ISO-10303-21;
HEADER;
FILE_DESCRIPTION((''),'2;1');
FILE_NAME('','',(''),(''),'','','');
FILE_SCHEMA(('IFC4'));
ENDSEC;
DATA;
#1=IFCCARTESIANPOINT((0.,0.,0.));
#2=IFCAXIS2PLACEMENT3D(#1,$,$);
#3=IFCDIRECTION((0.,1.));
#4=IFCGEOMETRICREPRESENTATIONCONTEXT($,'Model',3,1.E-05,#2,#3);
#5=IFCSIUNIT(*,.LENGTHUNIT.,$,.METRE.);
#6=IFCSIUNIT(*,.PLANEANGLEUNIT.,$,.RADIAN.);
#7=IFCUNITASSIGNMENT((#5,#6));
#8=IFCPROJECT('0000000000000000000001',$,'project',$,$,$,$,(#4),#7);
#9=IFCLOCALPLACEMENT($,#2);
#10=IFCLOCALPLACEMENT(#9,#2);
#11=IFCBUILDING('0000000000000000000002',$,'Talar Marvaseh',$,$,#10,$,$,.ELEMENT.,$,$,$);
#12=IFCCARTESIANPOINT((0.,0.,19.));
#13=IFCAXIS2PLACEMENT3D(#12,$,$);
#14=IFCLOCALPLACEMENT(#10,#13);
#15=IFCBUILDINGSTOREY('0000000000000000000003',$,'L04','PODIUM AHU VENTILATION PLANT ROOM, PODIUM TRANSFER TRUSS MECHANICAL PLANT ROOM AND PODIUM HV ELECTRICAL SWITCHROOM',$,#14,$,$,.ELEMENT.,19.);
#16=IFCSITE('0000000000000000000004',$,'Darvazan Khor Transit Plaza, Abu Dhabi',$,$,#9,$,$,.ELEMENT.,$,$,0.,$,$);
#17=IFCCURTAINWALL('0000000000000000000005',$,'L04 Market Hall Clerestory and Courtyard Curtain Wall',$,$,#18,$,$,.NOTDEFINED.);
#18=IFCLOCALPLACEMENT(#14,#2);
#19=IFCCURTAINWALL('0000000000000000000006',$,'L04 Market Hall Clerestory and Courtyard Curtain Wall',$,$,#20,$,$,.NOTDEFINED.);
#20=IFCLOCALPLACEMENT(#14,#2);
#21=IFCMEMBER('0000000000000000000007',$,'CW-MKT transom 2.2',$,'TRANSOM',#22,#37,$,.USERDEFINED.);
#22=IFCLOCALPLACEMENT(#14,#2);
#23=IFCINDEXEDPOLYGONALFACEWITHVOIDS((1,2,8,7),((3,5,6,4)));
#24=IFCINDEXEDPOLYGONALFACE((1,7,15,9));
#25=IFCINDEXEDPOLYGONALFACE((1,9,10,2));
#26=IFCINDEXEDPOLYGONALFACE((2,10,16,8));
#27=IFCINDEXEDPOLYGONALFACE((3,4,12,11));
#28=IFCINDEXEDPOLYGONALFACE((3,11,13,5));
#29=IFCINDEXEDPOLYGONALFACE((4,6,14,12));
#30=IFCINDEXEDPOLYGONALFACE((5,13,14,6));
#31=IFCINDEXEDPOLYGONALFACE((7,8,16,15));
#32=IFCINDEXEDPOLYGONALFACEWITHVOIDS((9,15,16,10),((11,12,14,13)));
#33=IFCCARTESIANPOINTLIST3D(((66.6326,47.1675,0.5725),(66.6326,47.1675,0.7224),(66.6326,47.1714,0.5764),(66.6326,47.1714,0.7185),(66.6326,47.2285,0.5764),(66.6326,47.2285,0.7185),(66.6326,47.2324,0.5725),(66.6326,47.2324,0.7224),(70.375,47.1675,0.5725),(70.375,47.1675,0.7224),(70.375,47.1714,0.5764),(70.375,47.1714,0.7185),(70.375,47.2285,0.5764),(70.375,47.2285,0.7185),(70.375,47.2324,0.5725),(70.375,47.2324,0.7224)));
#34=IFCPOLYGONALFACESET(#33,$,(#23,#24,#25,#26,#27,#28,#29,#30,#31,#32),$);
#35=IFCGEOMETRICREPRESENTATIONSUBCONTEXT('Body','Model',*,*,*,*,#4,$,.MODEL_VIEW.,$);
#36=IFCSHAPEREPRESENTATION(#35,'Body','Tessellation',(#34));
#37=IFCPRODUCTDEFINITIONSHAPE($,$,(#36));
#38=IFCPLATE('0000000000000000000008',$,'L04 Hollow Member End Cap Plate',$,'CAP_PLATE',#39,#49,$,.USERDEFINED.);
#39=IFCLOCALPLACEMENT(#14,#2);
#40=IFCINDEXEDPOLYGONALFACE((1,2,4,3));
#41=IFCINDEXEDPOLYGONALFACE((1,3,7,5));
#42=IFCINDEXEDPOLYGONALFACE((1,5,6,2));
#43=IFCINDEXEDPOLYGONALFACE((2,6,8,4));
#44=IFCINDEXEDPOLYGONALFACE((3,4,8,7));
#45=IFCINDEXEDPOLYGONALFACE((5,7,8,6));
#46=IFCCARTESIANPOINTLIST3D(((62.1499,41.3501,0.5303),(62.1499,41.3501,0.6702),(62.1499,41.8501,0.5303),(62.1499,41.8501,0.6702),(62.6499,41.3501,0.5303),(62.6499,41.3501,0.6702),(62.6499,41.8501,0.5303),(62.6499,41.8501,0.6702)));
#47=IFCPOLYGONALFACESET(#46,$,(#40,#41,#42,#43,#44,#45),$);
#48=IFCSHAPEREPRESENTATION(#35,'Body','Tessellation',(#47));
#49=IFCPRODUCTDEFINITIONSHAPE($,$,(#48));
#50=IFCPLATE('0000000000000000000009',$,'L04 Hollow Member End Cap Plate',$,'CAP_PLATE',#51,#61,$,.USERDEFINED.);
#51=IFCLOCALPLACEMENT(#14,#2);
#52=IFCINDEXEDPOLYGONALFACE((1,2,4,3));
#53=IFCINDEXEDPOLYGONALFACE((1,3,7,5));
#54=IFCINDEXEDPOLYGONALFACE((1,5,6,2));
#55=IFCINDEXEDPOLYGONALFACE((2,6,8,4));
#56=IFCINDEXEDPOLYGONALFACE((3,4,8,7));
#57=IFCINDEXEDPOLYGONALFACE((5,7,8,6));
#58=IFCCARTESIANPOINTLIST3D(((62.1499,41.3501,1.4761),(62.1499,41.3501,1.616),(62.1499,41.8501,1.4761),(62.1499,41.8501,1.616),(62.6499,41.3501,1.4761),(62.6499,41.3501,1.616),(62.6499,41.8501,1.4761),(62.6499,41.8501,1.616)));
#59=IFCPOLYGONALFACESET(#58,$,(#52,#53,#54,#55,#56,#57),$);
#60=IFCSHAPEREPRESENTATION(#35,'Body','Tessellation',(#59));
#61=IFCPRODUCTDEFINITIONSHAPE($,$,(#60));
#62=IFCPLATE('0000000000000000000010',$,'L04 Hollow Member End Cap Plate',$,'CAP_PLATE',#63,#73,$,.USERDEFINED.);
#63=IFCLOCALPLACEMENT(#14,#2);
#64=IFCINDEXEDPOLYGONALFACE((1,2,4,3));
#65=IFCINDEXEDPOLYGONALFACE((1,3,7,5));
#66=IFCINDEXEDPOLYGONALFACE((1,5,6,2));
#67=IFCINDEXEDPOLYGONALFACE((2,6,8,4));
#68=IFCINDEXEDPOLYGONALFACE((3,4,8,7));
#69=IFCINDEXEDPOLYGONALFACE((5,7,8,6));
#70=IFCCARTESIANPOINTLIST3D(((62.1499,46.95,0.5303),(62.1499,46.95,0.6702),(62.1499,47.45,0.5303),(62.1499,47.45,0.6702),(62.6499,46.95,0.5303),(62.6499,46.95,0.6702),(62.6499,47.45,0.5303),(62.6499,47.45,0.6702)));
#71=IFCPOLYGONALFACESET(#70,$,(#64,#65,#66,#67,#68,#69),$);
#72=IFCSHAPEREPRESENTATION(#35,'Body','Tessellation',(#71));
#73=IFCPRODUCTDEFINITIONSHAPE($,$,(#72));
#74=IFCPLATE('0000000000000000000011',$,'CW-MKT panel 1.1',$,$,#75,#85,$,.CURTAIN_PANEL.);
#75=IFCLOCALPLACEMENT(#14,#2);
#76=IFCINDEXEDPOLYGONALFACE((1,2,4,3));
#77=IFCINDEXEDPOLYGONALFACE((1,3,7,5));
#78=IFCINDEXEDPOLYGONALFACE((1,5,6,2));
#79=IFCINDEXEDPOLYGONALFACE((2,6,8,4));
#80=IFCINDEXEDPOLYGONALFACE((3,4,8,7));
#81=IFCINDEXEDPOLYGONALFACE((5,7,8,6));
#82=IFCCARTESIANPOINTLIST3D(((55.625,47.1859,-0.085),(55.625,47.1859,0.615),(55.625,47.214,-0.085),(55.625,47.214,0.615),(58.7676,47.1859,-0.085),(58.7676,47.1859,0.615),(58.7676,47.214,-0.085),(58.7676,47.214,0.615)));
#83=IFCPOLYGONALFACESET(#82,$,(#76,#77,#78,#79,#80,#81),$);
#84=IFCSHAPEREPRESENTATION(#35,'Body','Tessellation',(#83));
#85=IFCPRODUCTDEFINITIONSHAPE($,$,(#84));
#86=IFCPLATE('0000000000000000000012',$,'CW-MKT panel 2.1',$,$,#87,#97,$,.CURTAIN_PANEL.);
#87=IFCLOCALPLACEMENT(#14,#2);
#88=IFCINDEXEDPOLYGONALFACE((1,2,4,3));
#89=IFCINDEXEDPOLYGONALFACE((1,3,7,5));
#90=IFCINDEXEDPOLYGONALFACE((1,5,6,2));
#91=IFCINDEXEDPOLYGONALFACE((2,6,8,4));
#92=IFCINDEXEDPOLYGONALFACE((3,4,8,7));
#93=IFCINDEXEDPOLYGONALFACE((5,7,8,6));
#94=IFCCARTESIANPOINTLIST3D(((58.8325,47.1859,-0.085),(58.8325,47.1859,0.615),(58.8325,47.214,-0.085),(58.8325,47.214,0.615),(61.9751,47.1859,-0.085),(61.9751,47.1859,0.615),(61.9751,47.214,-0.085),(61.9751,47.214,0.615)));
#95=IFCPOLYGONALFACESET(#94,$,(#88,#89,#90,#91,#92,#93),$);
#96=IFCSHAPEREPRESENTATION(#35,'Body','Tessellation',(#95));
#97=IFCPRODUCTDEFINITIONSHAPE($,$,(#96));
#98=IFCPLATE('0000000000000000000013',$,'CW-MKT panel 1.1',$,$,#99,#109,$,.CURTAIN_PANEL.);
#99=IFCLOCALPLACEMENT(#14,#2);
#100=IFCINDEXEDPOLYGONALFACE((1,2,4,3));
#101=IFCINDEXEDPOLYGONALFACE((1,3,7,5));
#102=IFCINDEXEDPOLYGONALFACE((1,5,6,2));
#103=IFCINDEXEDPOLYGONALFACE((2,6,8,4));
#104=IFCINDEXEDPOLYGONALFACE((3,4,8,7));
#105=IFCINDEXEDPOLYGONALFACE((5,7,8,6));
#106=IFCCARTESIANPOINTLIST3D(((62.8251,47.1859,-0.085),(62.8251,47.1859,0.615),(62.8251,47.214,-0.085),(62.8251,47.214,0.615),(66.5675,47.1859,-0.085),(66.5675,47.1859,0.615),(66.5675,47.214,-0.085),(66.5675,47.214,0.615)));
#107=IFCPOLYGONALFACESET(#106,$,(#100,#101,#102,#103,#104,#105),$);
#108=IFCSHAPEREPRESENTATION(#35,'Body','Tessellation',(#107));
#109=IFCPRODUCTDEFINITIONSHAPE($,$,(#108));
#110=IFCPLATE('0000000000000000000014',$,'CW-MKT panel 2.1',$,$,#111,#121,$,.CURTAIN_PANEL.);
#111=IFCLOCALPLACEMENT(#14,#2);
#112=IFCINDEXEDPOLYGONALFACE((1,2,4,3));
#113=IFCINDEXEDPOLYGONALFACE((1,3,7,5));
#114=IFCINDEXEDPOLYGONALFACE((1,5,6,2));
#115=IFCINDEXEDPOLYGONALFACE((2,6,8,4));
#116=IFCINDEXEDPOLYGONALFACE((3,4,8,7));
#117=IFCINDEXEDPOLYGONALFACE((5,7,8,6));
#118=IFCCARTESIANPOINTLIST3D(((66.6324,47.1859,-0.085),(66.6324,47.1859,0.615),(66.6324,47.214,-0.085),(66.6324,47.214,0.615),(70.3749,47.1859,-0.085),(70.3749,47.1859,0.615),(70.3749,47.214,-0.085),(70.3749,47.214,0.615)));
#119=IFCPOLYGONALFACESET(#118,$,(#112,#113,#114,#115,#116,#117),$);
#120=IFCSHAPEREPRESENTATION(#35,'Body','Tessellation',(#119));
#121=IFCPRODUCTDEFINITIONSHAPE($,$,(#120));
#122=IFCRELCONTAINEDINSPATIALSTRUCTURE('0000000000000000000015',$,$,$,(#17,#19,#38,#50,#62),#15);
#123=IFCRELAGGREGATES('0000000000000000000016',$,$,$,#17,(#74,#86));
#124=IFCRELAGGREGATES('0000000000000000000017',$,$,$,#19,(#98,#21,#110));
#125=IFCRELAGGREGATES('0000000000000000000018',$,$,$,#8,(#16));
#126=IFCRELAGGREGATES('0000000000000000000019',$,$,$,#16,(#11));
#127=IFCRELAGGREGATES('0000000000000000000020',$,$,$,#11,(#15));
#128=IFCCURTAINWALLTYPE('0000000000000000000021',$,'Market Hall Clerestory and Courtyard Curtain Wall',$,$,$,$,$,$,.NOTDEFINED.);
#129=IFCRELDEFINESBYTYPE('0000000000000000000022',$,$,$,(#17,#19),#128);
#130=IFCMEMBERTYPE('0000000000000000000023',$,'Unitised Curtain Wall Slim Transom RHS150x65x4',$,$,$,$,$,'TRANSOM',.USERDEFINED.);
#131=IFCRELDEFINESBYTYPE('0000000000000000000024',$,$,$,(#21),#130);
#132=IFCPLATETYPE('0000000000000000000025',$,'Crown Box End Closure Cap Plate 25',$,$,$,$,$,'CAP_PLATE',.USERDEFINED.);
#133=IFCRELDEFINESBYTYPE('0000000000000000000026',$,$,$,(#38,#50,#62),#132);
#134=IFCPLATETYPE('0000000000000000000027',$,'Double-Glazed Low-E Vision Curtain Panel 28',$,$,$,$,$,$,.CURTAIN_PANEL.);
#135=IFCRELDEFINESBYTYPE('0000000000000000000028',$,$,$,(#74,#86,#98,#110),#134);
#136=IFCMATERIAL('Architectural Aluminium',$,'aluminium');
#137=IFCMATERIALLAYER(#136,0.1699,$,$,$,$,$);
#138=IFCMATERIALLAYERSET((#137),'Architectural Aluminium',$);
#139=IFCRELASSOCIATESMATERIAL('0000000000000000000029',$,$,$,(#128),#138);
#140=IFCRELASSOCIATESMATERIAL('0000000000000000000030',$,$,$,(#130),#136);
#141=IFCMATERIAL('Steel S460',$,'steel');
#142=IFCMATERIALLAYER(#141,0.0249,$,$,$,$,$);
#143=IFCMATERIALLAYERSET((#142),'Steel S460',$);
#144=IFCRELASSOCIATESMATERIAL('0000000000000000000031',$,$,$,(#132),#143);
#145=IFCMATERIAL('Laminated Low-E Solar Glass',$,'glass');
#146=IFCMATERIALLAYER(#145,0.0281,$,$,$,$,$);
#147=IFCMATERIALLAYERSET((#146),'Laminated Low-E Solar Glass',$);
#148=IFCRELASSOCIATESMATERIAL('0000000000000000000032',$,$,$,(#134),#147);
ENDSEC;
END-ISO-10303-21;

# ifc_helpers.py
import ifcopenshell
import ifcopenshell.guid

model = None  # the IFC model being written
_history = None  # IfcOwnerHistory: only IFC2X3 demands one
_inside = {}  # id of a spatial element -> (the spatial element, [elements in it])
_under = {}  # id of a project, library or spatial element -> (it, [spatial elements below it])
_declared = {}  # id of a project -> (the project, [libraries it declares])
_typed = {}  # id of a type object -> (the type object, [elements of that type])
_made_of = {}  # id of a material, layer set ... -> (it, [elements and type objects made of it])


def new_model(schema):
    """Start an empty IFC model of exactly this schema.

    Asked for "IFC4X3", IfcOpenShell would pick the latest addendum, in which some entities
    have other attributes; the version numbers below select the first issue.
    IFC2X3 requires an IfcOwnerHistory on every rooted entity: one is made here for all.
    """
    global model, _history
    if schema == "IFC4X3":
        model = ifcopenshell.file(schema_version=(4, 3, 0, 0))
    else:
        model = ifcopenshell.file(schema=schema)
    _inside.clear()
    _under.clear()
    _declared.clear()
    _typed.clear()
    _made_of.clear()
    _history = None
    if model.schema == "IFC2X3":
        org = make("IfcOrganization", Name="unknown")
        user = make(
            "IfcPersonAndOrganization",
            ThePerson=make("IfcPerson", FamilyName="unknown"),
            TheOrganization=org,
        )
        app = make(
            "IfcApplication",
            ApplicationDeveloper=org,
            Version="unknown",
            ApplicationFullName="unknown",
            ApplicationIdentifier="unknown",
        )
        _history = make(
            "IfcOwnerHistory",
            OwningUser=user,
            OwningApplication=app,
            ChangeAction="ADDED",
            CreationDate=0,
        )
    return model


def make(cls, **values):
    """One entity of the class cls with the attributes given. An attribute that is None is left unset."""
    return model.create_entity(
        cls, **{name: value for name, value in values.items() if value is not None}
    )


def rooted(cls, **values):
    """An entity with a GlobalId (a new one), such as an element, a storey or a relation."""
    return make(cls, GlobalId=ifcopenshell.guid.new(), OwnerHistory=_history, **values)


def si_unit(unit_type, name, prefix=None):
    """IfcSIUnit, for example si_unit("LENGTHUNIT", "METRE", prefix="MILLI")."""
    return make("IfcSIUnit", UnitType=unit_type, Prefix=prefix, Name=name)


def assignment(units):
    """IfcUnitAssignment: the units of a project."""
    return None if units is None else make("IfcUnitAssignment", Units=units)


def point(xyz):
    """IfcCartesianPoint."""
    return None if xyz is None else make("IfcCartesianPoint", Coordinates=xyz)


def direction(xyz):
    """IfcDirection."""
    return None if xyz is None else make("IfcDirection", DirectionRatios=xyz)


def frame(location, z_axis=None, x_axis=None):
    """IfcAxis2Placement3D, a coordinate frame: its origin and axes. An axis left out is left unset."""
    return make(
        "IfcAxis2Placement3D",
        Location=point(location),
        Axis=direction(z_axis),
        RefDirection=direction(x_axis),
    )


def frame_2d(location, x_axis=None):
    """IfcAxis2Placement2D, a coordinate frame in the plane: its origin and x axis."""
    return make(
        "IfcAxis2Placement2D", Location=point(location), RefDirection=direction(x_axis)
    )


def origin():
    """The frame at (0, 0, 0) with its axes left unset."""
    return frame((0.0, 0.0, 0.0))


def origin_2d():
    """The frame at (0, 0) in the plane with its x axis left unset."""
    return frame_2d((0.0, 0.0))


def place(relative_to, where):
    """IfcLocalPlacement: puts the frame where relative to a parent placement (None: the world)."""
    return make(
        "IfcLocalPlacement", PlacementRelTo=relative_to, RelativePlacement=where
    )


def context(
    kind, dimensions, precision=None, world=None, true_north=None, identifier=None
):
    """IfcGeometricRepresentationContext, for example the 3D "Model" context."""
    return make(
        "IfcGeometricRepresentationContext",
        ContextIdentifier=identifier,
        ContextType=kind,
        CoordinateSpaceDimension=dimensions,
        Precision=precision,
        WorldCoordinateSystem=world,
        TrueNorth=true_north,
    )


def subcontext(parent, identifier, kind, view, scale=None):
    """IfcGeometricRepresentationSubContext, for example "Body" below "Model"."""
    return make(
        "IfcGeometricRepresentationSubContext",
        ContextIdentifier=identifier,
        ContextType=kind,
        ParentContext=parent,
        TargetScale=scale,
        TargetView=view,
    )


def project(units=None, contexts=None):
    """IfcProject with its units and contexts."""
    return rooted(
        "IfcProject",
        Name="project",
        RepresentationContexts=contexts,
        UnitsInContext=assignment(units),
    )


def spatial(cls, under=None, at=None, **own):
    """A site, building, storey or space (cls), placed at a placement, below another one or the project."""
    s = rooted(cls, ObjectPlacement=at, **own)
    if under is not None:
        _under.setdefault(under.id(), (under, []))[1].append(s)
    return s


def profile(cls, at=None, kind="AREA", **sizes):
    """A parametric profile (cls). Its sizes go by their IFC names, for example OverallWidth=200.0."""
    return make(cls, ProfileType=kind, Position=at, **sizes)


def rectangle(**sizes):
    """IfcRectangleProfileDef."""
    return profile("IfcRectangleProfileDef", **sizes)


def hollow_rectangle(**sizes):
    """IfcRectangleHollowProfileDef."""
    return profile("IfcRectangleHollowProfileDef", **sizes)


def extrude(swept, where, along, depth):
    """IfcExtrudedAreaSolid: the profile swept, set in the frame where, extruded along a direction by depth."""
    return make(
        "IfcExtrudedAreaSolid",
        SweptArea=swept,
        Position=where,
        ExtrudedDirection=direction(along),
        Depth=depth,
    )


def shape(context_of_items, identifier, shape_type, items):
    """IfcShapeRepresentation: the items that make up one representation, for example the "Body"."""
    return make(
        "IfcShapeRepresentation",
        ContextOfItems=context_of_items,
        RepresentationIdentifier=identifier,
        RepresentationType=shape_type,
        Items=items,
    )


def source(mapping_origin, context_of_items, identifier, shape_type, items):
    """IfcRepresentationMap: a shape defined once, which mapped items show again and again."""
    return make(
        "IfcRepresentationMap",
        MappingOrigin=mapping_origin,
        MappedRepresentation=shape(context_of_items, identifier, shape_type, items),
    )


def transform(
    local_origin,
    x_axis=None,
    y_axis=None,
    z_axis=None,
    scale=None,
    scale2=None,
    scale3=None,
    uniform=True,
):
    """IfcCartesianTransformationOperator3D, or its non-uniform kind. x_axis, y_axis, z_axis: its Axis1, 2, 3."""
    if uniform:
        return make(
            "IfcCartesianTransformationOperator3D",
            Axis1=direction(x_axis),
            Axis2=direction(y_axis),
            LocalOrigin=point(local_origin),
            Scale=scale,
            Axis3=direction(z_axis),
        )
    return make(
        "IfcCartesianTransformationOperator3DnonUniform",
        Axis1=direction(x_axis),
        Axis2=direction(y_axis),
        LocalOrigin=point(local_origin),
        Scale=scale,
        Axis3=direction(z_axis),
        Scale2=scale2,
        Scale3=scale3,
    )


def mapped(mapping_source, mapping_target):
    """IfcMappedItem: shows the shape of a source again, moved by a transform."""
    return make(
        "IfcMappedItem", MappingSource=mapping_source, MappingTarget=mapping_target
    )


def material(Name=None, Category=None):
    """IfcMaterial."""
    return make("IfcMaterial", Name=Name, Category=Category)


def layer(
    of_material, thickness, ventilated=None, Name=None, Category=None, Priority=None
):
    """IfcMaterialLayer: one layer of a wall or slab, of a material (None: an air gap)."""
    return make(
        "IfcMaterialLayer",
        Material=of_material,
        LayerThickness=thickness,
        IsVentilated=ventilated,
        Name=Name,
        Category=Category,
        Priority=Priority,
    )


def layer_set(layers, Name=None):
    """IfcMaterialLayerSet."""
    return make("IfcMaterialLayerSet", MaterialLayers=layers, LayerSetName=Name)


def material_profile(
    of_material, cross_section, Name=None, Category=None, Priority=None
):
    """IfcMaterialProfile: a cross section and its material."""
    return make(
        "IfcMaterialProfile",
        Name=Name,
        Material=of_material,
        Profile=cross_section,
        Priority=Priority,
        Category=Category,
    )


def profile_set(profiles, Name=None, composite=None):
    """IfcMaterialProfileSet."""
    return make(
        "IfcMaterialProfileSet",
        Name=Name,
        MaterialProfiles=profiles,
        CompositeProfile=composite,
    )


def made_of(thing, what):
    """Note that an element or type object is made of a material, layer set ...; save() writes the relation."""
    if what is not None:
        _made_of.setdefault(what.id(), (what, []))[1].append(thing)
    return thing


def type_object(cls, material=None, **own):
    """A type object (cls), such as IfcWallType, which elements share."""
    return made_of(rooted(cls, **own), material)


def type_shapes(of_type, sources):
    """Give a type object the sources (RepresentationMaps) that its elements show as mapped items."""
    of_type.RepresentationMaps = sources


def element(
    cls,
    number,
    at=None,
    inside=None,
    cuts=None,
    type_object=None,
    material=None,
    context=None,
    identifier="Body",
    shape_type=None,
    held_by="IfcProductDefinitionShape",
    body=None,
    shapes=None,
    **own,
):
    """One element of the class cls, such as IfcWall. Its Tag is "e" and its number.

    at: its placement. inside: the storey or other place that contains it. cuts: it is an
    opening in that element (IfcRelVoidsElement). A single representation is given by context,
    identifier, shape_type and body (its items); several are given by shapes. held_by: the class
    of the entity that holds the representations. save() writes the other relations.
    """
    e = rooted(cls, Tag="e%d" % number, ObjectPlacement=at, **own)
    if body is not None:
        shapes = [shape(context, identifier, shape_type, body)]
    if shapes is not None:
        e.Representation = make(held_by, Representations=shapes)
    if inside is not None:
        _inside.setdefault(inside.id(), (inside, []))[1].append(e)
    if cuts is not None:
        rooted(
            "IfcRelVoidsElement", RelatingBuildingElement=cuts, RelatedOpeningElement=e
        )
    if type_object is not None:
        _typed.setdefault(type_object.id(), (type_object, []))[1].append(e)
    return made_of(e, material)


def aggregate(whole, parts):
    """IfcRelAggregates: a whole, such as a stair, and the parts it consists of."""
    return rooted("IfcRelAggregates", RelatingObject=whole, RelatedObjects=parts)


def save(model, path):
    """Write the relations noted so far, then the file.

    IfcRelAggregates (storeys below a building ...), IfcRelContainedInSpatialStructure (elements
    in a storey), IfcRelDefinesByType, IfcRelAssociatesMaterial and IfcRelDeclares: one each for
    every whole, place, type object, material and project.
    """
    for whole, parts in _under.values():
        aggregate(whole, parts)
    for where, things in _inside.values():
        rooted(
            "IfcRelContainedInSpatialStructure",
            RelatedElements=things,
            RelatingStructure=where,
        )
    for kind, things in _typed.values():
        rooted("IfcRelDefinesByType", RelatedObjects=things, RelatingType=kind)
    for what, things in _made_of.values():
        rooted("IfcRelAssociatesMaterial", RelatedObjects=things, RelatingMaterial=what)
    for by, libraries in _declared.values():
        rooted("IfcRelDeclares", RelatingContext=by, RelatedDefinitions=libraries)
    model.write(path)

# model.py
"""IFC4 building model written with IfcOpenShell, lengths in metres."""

from ifc_helpers import new_model, si_unit, direction, frame, origin, origin_2d, place, context, subcontext, project, spatial, rectangle, hollow_rectangle, extrude, source, transform, mapped, material, layer, layer_set, material_profile, profile_set, type_object, type_shapes, element, aggregate, save


model = new_model("IFC4")

# Units and contexts
model_context = context("Model", 3, precision=1e-05, world=origin(), true_north=direction((0.0, 1.0)))
body_context = subcontext(model_context, "Body", "Model", "MODEL_VIEW")
ifc_project = project(units=[si_unit("LENGTHUNIT", "METRE"), si_unit("PLANEANGLEUNIT", "RADIAN")], contexts=[model_context])

# Site, building, storey
site_placement = place(None, origin())
site = spatial("IfcSite", under=ifc_project, at=site_placement, Name="Darvazan Khor Transit Plaza, Abu Dhabi", CompositionType="ELEMENT", RefElevation=0.0)
building_placement = place(site_placement, origin())
building = spatial("IfcBuilding", under=site, at=building_placement, Name="Talar Marvaseh", CompositionType="ELEMENT")
storey_placement = place(building_placement, frame((0.0, 0.0, 19.0)))
storey = spatial("IfcBuildingStorey", under=building, at=storey_placement, Name="L04", Description="PODIUM AHU VENTILATION PLANT ROOM, PODIUM TRANSFER TRUSS MECHANICAL PLANT ROOM AND PODIUM HV ELECTRICAL SWITCHROOM", CompositionType="ELEMENT", Elevation=19.0)

# Curtain walls
ifc_material_1 = material(Name="Architectural Aluminium", Category="aluminium")
ifc_layer_1 = layer(ifc_material_1, 0.1699)
ifc_layer_set_1 = layer_set([ifc_layer_1], Name="Architectural Aluminium")
curtain_wall_type = type_object("IfcCurtainWallType", Name="Market Hall Clerestory and Courtyard Curtain Wall", PredefinedType="NOTDEFINED", material=ifc_layer_set_1)
curtain_wall_1_placement = place(storey_placement, origin())
curtain_wall_1 = element("IfcCurtainWall", 1, at=curtain_wall_1_placement, inside=storey, type_object=curtain_wall_type, Name="L04 Market Hall Clerestory and Courtyard Curtain Wall", PredefinedType="NOTDEFINED")
curtain_wall_2_placement = place(storey_placement, origin())
curtain_wall_2 = element("IfcCurtainWall", 2, at=curtain_wall_2_placement, inside=storey, type_object=curtain_wall_type, Name="L04 Market Hall Clerestory and Courtyard Curtain Wall", PredefinedType="NOTDEFINED")

# Member
ifc_material_profile_1 = material_profile(ifc_material_1, hollow_rectangle(XDim=0.0649, YDim=0.1499, WallThickness=0.0039, at=origin_2d()), Name="RHS150x65x4")
ifc_profile_set_1 = profile_set([ifc_material_profile_1], Name="Architectural Aluminium")
member_type_1 = type_object("IfcMemberType", Name="Unitised Curtain Wall Slim Transom RHS150x65x4", ElementType="TRANSOM", PredefinedType="USERDEFINED", material=ifc_profile_set_1)
shared_shape_1 = source(origin(), body_context, "Body", "SweptSolid", [
    extrude(hollow_rectangle(XDim=0.0649, YDim=0.1499, WallThickness=0.0039, at=origin_2d()), origin(), (0.0, 0.0, 1.0), 3.7424),
])
member_1_placement = place(storey_placement, frame((66.6326, 47.2, 0.6475), z_axis=(1.0, 0.0, 0.0), x_axis=(0.0, 1.0, 0.0)))
member_1 = element("IfcMember", 3, at=member_1_placement, type_object=member_type_1, Name="CW-MKT transom 2.2", ObjectType="TRANSOM", PredefinedType="USERDEFINED", context=body_context, shape_type="MappedRepresentation", body=[
    mapped(shared_shape_1, transform((0.0, 0.0, 0.0), x_axis=(1.0, 0.0, 0.0), y_axis=(0.0, 1.0, 0.0), z_axis=(0.0, 0.0, 1.0), scale=1.0)),
])

# Plates
ifc_material_2 = material(Name="Steel S460", Category="steel")
ifc_layer_2 = layer(ifc_material_2, 0.0249)
ifc_layer_set_2 = layer_set([ifc_layer_2], Name="Steel S460")
plate_type_1 = type_object("IfcPlateType", Name="Crown Box End Closure Cap Plate 25", ElementType="CAP_PLATE", PredefinedType="USERDEFINED", material=ifc_layer_set_2)
shared_shape_2 = source(origin(), body_context, "Body", "SweptSolid", [
    extrude(rectangle(XDim=0.5, YDim=0.5, at=origin_2d()), origin(), (0.0, 0.0, 1.0), 0.1399),
])
type_shapes(plate_type_1, [shared_shape_2])
for number, where, z_axis, x_axis, name in (
    (4, (62.3999, 41.6001, 0.5303), (0.0, 0.0, 1.0), (1.0, 0.0, 0.0), "L04 Hollow Member End Cap Plate"),
    (5, (62.3999, 41.6001, 1.4761), (0.0, 0.0, 1.0), (1.0, 0.0, 0.0), "L04 Hollow Member End Cap Plate"),
    (6, (62.3999, 47.2, 0.5303), (0.0, 0.0, 1.0), (0.0, 1.0, 0.0), "L04 Hollow Member End Cap Plate"),
):
    element("IfcPlate", number, at=place(storey_placement, frame(where, z_axis=z_axis, x_axis=x_axis)), inside=storey, type_object=plate_type_1, Name=name, ObjectType="CAP_PLATE", PredefinedType="USERDEFINED", context=body_context, shape_type="MappedRepresentation", body=[
        mapped(shared_shape_2, transform((0.0, 0.0, 0.0), x_axis=(1.0, 0.0, 0.0), y_axis=(0.0, 1.0, 0.0), z_axis=(0.0, 0.0, 1.0), scale=1.0)),
    ])

# Plates
ifc_material_3 = material(Name="Laminated Low-E Solar Glass", Category="glass")
ifc_layer_3 = layer(ifc_material_3, 0.0281)
ifc_layer_set_3 = layer_set([ifc_layer_3], Name="Laminated Low-E Solar Glass")
plate_type_2 = type_object("IfcPlateType", Name="Double-Glazed Low-E Vision Curtain Panel 28", PredefinedType="CURTAIN_PANEL", material=ifc_layer_set_3)
shared_shape_3 = source(origin(), body_context, "Body", "SweptSolid", [
    extrude(rectangle(XDim=3.1426, YDim=0.0281, at=origin_2d()), origin(), (0.0, 0.0, 1.0), 0.7),
])
plate_1_placement = place(storey_placement, frame((57.1963, 47.2, -0.085), z_axis=(0.0, 0.0, 1.0), x_axis=(1.0, 0.0, 0.0)))
plate_1 = element("IfcPlate", 7, at=plate_1_placement, type_object=plate_type_2, Name="CW-MKT panel 1.1", PredefinedType="CURTAIN_PANEL", context=body_context, shape_type="MappedRepresentation", body=[
    mapped(shared_shape_3, transform((0.0, 0.0, 0.0), x_axis=(1.0, 0.0, 0.0), y_axis=(0.0, 1.0, 0.0), z_axis=(0.0, 0.0, 1.0), scale=1.0)),
])
plate_2_placement = place(storey_placement, frame((60.4038, 47.2, -0.085), z_axis=(0.0, 0.0, 1.0), x_axis=(1.0, 0.0, 0.0)))
plate_2 = element("IfcPlate", 8, at=plate_2_placement, type_object=plate_type_2, Name="CW-MKT panel 2.1", PredefinedType="CURTAIN_PANEL", context=body_context, shape_type="MappedRepresentation", body=[
    mapped(shared_shape_3, transform((0.0, 0.0, 0.0), x_axis=(1.0, 0.0, 0.0), y_axis=(0.0, 1.0, 0.0), z_axis=(0.0, 0.0, 1.0), scale=1.0)),
])
aggregate(curtain_wall_1, [plate_1, plate_2])
shared_shape_4 = source(origin(), body_context, "Body", "SweptSolid", [
    extrude(rectangle(XDim=3.7424, YDim=0.0281, at=origin_2d()), origin(), (0.0, 0.0, 1.0), 0.7),
])
type_shapes(plate_type_2, [shared_shape_3, shared_shape_4])
plate_3_placement = place(storey_placement, frame((64.6963, 47.2, -0.085), z_axis=(0.0, 0.0, 1.0), x_axis=(1.0, 0.0, 0.0)))
plate_3 = element("IfcPlate", 9, at=plate_3_placement, type_object=plate_type_2, Name="CW-MKT panel 1.1", PredefinedType="CURTAIN_PANEL", context=body_context, shape_type="MappedRepresentation", body=[
    mapped(shared_shape_4, transform((0.0, 0.0, 0.0), x_axis=(1.0, 0.0, 0.0), y_axis=(0.0, 1.0, 0.0), z_axis=(0.0, 0.0, 1.0), scale=1.0)),
])
plate_4_placement = place(storey_placement, frame((68.5037, 47.2, -0.085), z_axis=(0.0, 0.0, 1.0), x_axis=(1.0, 0.0, 0.0)))
plate_4 = element("IfcPlate", 10, at=plate_4_placement, type_object=plate_type_2, Name="CW-MKT panel 2.1", PredefinedType="CURTAIN_PANEL", context=body_context, shape_type="MappedRepresentation", body=[
    mapped(shared_shape_4, transform((0.0, 0.0, 0.0), x_axis=(1.0, 0.0, 0.0), y_axis=(0.0, 1.0, 0.0), z_axis=(0.0, 0.0, 1.0), scale=1.0)),
])
aggregate(curtain_wall_2, [plate_3, member_1, plate_4])

save(model, "model.ifc")
